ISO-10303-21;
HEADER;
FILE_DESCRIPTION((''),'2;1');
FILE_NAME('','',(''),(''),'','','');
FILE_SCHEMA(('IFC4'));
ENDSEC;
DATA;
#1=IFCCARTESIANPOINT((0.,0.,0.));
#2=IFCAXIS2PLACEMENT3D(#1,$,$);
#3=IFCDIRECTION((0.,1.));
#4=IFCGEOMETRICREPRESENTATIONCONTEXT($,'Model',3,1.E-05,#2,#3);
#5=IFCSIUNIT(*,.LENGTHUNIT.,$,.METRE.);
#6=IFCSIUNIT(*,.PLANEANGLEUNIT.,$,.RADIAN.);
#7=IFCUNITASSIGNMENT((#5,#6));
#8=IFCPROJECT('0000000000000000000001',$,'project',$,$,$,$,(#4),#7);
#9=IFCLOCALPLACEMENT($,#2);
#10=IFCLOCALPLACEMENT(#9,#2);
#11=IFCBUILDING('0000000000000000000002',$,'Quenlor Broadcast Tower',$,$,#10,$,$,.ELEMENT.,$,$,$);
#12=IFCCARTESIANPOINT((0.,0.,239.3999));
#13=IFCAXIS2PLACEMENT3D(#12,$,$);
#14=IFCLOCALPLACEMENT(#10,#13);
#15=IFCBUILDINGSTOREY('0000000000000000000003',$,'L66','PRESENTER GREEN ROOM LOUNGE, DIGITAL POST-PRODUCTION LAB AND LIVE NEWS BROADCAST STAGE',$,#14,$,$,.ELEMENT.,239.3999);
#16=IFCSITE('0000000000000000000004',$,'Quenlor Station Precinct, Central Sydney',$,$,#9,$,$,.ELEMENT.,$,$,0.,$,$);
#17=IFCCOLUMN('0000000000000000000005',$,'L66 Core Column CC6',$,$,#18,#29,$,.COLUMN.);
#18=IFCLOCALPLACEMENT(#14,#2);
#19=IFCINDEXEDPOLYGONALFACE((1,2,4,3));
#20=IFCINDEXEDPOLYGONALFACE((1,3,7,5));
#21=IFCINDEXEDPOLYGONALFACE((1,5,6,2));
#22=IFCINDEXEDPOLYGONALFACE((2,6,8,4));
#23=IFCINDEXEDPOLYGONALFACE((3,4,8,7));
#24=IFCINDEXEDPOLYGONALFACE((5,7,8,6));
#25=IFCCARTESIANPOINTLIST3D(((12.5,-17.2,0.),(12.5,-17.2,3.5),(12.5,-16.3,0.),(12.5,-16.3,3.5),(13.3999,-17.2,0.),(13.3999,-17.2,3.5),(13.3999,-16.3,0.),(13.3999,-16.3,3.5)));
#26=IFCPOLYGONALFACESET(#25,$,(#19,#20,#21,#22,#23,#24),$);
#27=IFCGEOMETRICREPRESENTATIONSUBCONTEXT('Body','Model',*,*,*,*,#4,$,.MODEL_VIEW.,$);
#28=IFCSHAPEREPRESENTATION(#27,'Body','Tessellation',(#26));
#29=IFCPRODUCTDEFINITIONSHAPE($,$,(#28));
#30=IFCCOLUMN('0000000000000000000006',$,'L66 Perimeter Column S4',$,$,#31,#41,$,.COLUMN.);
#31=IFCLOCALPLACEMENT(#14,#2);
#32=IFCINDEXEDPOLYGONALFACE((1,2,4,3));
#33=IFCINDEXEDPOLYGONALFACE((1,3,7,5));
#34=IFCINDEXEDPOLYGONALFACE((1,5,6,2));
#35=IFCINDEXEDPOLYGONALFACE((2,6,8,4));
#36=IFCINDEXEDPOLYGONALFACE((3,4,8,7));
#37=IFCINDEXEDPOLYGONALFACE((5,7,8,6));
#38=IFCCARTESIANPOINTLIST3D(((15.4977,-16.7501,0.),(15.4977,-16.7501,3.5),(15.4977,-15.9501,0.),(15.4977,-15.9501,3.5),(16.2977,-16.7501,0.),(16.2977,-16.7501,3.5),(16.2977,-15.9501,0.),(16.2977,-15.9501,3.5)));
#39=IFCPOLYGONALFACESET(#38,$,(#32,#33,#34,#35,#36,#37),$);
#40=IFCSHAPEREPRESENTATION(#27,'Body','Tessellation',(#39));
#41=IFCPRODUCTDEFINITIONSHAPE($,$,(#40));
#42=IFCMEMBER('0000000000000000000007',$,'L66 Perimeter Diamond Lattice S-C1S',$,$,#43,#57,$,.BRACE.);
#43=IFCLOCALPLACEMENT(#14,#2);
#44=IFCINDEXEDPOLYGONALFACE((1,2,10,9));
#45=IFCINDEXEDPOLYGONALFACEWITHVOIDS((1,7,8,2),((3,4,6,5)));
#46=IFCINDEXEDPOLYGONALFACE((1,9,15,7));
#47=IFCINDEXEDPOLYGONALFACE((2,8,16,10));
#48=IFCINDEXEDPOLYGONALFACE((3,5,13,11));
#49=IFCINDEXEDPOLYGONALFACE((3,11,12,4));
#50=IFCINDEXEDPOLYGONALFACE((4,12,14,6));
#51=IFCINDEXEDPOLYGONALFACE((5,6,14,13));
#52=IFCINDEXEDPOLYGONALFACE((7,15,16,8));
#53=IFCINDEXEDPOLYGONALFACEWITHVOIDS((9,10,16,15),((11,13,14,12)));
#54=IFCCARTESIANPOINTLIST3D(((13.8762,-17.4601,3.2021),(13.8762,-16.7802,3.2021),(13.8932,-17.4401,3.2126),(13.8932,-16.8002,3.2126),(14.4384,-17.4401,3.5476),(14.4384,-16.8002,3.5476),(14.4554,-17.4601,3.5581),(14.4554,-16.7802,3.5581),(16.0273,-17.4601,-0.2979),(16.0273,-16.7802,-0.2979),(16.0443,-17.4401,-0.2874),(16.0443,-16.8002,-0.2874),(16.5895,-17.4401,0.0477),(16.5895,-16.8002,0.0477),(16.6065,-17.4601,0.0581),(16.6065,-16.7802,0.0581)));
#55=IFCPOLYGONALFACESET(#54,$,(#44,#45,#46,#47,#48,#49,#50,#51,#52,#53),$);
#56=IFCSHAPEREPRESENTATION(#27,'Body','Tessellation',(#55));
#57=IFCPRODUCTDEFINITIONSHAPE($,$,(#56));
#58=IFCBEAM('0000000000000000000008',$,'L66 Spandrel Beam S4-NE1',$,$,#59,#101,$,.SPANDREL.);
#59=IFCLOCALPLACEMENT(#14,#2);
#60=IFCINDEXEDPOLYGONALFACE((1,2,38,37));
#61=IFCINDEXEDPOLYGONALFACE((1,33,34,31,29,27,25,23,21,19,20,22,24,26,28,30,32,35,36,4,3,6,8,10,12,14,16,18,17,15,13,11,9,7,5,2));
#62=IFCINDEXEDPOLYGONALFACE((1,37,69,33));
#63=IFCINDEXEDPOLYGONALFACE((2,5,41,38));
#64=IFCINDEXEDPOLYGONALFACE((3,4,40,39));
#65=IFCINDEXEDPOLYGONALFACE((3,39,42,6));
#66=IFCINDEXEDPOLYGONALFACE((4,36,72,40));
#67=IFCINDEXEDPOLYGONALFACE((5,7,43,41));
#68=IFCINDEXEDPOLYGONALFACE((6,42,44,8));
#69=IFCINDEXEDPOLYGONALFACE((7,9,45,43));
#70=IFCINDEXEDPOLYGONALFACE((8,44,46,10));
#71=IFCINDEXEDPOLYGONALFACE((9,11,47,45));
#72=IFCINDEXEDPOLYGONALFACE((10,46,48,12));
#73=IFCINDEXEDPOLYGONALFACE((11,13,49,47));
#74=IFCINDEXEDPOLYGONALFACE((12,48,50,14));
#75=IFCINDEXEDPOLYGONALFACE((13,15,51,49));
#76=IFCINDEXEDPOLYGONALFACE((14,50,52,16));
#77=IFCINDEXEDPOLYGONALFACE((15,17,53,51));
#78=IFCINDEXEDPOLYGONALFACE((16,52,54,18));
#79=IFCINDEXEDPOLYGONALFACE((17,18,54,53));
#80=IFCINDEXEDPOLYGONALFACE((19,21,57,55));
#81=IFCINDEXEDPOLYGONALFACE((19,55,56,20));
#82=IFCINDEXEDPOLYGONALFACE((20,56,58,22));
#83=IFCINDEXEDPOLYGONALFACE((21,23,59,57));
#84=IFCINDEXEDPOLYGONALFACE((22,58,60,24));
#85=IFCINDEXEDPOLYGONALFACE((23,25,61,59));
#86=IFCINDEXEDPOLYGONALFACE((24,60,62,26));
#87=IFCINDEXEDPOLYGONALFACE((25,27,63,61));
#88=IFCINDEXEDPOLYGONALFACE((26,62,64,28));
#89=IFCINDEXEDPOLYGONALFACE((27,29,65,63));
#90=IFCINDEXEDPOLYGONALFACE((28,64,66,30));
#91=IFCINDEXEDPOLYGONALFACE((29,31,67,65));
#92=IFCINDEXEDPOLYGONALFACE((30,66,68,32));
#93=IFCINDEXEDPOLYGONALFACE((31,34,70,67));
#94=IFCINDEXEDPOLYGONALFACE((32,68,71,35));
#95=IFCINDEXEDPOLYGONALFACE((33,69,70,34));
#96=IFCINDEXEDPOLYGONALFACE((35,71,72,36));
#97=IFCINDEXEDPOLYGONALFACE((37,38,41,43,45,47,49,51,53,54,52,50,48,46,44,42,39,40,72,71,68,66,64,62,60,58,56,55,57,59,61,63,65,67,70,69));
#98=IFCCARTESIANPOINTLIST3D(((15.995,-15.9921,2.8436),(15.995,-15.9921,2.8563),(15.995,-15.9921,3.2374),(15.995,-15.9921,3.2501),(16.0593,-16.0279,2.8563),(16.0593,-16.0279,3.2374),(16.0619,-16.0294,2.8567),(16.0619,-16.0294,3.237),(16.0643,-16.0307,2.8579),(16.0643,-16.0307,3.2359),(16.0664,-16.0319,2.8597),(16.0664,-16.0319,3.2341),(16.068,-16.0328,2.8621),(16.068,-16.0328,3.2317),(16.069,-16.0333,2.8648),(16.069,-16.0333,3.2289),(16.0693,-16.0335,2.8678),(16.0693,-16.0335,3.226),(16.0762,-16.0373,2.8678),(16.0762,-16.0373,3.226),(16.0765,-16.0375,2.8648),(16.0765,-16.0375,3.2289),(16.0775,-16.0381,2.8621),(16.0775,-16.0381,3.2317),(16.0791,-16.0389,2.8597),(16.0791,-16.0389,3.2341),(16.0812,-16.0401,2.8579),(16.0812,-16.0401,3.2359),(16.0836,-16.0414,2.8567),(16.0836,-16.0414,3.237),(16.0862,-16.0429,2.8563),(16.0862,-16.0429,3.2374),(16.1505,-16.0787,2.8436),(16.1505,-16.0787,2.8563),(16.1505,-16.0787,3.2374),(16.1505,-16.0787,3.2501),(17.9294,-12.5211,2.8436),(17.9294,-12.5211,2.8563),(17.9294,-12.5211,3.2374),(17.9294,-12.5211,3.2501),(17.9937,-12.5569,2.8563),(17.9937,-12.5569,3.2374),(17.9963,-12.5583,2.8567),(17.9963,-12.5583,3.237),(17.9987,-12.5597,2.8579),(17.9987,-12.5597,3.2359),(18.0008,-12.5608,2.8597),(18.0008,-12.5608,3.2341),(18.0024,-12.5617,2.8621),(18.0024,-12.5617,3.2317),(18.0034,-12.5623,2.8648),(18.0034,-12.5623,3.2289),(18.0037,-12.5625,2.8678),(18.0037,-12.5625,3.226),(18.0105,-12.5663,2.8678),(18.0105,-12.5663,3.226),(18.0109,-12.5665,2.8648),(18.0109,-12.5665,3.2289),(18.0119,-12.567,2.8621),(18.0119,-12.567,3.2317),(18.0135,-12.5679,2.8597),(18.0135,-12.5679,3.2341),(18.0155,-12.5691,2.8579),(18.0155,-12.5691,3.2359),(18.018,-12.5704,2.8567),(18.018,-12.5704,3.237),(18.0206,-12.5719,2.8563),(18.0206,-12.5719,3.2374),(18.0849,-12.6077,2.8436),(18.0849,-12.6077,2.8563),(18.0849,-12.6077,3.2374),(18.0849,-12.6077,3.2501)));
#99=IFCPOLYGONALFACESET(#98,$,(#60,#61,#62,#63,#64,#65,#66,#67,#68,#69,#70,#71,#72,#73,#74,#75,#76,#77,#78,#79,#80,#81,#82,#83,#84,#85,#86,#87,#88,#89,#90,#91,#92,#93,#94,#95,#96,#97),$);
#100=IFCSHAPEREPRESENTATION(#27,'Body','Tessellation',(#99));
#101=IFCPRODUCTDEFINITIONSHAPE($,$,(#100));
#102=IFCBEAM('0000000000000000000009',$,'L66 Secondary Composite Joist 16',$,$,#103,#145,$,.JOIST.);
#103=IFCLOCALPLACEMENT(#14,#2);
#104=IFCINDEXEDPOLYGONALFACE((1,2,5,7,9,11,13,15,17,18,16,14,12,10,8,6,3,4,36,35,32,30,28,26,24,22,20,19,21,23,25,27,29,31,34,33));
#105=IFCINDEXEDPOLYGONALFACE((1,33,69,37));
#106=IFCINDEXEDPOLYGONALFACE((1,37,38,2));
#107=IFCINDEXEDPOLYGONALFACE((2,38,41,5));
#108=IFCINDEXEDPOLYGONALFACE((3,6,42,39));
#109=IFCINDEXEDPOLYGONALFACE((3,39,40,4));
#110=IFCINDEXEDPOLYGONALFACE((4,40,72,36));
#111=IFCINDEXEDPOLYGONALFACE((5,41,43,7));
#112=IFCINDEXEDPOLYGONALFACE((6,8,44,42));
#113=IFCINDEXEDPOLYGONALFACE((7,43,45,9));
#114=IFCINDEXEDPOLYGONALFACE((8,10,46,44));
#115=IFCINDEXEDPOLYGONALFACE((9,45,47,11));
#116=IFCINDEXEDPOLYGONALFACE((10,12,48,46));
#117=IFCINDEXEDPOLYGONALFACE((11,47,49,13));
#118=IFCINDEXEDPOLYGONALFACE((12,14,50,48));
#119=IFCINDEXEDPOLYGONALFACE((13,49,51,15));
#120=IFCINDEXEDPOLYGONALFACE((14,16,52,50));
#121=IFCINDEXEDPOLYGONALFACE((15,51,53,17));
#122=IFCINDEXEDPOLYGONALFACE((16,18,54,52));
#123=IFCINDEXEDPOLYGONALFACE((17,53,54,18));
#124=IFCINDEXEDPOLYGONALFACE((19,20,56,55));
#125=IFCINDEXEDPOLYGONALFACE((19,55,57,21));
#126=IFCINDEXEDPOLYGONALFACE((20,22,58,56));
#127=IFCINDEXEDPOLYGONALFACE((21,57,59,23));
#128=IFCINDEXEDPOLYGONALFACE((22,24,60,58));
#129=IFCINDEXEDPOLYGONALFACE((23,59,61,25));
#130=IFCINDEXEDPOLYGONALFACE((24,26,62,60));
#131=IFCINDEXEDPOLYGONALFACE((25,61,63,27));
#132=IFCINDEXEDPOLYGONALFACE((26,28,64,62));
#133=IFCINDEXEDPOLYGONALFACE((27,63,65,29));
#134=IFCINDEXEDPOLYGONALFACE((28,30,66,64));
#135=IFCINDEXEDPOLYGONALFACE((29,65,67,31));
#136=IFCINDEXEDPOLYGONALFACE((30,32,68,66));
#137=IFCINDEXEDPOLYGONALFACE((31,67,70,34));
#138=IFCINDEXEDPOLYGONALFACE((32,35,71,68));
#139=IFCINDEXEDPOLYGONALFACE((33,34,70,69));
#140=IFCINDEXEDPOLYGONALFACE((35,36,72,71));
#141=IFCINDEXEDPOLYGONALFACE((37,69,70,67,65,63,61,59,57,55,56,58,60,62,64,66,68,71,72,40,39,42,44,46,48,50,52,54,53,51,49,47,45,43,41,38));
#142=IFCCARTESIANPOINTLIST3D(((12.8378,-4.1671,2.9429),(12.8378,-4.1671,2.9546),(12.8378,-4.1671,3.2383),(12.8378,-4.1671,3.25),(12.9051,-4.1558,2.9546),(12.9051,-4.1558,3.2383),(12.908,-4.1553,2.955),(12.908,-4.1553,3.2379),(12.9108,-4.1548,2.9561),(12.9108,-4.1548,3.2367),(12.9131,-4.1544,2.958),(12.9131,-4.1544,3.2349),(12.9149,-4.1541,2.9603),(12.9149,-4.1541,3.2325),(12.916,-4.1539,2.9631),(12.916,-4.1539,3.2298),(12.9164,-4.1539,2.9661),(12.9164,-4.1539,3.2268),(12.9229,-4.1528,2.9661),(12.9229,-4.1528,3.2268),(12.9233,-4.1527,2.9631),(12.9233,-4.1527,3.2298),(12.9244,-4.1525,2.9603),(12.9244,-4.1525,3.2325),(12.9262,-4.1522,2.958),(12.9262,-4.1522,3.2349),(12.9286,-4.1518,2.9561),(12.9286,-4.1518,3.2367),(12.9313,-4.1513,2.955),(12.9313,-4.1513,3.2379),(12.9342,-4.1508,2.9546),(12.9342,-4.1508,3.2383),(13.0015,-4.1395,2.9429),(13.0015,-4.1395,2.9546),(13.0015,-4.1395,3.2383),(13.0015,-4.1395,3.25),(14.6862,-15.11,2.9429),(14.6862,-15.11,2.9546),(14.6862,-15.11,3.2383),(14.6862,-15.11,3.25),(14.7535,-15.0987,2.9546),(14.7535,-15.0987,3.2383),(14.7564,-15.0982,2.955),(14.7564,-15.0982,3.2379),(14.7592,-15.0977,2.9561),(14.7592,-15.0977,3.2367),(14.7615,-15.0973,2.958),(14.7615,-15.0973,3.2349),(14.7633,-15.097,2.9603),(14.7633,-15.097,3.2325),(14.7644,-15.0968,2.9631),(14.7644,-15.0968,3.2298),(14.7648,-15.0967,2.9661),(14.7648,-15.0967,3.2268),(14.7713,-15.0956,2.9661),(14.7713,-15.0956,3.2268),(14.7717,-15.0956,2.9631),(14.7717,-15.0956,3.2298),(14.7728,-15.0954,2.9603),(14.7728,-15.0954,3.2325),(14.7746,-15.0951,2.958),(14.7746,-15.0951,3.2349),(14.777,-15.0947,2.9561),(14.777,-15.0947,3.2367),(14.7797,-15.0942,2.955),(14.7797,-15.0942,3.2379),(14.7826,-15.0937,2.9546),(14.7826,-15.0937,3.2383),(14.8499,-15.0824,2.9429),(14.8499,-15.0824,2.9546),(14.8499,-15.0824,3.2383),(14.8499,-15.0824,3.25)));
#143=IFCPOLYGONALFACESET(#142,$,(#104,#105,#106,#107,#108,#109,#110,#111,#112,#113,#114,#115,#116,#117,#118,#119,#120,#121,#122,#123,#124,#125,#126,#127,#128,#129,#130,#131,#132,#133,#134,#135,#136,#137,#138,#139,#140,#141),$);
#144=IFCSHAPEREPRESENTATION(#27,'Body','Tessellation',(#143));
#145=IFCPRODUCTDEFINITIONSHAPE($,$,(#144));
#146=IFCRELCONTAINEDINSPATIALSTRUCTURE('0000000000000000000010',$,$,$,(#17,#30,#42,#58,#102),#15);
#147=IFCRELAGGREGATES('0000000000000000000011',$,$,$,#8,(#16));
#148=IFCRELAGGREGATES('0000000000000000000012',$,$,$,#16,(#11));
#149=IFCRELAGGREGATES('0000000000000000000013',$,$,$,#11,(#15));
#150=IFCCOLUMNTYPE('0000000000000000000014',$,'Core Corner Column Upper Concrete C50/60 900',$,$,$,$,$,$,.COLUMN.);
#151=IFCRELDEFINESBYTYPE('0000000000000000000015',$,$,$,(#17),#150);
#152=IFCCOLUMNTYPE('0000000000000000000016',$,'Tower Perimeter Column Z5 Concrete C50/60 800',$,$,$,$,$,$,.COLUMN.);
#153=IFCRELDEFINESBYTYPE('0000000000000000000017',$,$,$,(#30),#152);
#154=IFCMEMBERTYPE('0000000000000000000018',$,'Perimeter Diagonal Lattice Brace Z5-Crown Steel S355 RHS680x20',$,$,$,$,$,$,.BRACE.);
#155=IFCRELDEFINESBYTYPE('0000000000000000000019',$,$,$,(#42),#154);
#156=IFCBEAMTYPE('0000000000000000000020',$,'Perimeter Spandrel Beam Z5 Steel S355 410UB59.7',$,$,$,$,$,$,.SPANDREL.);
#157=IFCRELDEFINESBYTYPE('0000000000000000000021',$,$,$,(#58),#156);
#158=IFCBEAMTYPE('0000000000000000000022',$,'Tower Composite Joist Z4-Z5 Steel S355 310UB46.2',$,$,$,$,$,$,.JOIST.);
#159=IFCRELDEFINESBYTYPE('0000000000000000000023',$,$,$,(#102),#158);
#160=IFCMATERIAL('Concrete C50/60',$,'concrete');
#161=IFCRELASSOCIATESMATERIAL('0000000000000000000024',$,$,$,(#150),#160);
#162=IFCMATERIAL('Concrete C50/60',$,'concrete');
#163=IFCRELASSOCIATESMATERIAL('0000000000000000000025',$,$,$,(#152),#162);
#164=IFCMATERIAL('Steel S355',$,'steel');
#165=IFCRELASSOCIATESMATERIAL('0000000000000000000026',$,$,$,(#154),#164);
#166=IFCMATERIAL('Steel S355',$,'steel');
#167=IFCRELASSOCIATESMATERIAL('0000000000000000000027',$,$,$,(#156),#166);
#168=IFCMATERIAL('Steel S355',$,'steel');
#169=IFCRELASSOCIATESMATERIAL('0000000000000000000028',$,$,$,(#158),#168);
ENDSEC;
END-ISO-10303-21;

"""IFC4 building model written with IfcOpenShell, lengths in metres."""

from ifc_helpers import new_model, si_unit, direction, frame, origin, origin_2d, place, context, subcontext, project, spatial, rectangle, hollow_rectangle, i_section, extrude, material, material_profile, profile_set, type_object, element, save


model = new_model("IFC4")

# Units and contexts
model_context = context("Model", 3, precision=1e-05, world=origin(), true_north=direction((0.0, 1.0)))
body_context = subcontext(model_context, "Body", "Model", "MODEL_VIEW")
ifc_project = project(units=[si_unit("LENGTHUNIT", "METRE"), si_unit("PLANEANGLEUNIT", "RADIAN")], contexts=[model_context])

# Site, building, storey
site_placement = place(None, origin())
site = spatial("IfcSite", under=ifc_project, at=site_placement, Name="Quenlor Station Precinct, Central Sydney", CompositionType="ELEMENT", RefElevation=0.0)
building_placement = place(site_placement, origin())
building = spatial("IfcBuilding", under=site, at=building_placement, Name="Quenlor Broadcast Tower", CompositionType="ELEMENT")
storey_placement = place(building_placement, frame((0.0, 0.0, 239.3999)))
storey = spatial("IfcBuildingStorey", under=building, at=storey_placement, Name="L66", Description="PRESENTER GREEN ROOM LOUNGE, DIGITAL POST-PRODUCTION LAB AND LIVE NEWS BROADCAST STAGE", CompositionType="ELEMENT", Elevation=239.3999)

# Columns
ifc_material_1 = material(Name="Concrete C50/60", Category="concrete")
ifc_material_profile_1 = material_profile(ifc_material_1, rectangle(XDim=0.8999, YDim=0.8999, at=origin_2d()))
ifc_profile_set_1 = profile_set([ifc_material_profile_1], Name="Concrete C50/60 RC900x900")
column_type_1 = type_object("IfcColumnType", Name="Core Corner Column Upper Concrete C50/60 900", PredefinedType="COLUMN", material=ifc_profile_set_1)
column_1_placement = place(storey_placement, frame((12.95, -16.75, 0.0), z_axis=(0.0, 0.0, 1.0), x_axis=(1.0, 0.0, 0.0)))
element("IfcColumn", 1, at=column_1_placement, inside=storey, type_object=column_type_1, Name="L66 Core Column CC6", PredefinedType="COLUMN", context=body_context, shape_type="SweptSolid", body=[
    extrude(rectangle(XDim=0.8999, YDim=0.8999, at=origin_2d()), origin(), (0.0, 0.0, 1.0), 3.5),
])
ifc_material_2 = material(Name="Concrete C50/60", Category="concrete")
ifc_material_profile_2 = material_profile(ifc_material_2, rectangle(XDim=0.8, YDim=0.8, at=origin_2d()))
ifc_profile_set_2 = profile_set([ifc_material_profile_2], Name="Concrete C50/60 RC800x800")
column_type_2 = type_object("IfcColumnType", Name="Tower Perimeter Column Z5 Concrete C50/60 800", PredefinedType="COLUMN", material=ifc_profile_set_2)
column_2_placement = place(storey_placement, frame((15.8977, -16.3501, 0.0), z_axis=(0.0, 0.0, 1.0), x_axis=(0.0, 1.0, 0.0)))
element("IfcColumn", 2, at=column_2_placement, inside=storey, type_object=column_type_2, Name="L66 Perimeter Column S4", PredefinedType="COLUMN", context=body_context, shape_type="SweptSolid", body=[
    extrude(rectangle(XDim=0.8, YDim=0.8, at=origin_2d()), origin(), (0.0, 0.0, 1.0), 3.5),
])

# Member
ifc_material_3 = material(Name="Steel S355", Category="steel")
ifc_material_profile_3 = material_profile(ifc_material_3, hollow_rectangle(XDim=0.6799, YDim=0.6799, WallThickness=0.02, at=origin_2d()))
ifc_profile_set_3 = profile_set([ifc_material_profile_3], Name="Steel S355 RHS680x680x20")
member_type = type_object("IfcMemberType", Name="Perimeter Diagonal Lattice Brace Z5-Crown Steel S355 RHS680x20", PredefinedType="BRACE", material=ifc_profile_set_3)
member_placement = place(storey_placement, frame((16.3169, -17.1201, -0.1199), z_axis=(-0.523617, 0.0, 0.851954), x_axis=(0.0, -1.0, 0.0)))
element("IfcMember", 3, at=member_placement, inside=storey, type_object=member_type, Name="L66 Perimeter Diamond Lattice S-C1S", PredefinedType="BRACE", context=body_context, shape_type="SweptSolid", body=[
    extrude(hollow_rectangle(XDim=0.6799, YDim=0.6799, WallThickness=0.02, at=origin_2d()), origin(), (0.0, 0.0, 1.0), 4.1082),
])

# Beams
ifc_material_4 = material(Name="Steel S355", Category="steel")
ifc_material_profile_4 = material_profile(ifc_material_4, i_section(OverallWidth=0.178, OverallDepth=0.4065, WebThickness=0.0078, FlangeThickness=0.0127, FilletRadius=0.0115, at=origin_2d()))
ifc_profile_set_4 = profile_set([ifc_material_profile_4], Name="Steel S355 410UB59.7")
beam_type_1 = type_object("IfcBeamType", Name="Perimeter Spandrel Beam Z5 Steel S355 410UB59.7", PredefinedType="SPANDREL", material=ifc_profile_set_4)
beam_1_placement = place(storey_placement, frame((16.0728, -16.0354, 3.0469), z_axis=(0.486801, 0.873513, 0.0), x_axis=(-0.873513, 0.486801, 0.0)))
element("IfcBeam", 4, at=beam_1_placement, inside=storey, type_object=beam_type_1, Name="L66 Spandrel Beam S4-NE1", PredefinedType="SPANDREL", context=body_context, shape_type="SweptSolid", body=[
    extrude(i_section(OverallWidth=0.178, OverallDepth=0.4065, WebThickness=0.0078, FlangeThickness=0.0127, FilletRadius=0.0115, at=origin_2d()), origin(), (0.0, 0.0, 1.0), 3.9736),
])
ifc_material_5 = material(Name="Steel S355", Category="steel")
ifc_material_profile_5 = material_profile(ifc_material_5, i_section(OverallWidth=0.166, OverallDepth=0.3071, WebThickness=0.0066, FlangeThickness=0.0117, FilletRadius=0.0115, at=origin_2d()))
ifc_profile_set_5 = profile_set([ifc_material_profile_5], Name="Steel S355 310UB46.2")
beam_type_2 = type_object("IfcBeamType", Name="Tower Composite Joist Z4-Z5 Steel S355 310UB46.2", PredefinedType="JOIST", material=ifc_profile_set_5)
beam_2_placement = place(storey_placement, frame((14.7681, -15.0962, 3.0964), z_axis=(-0.166553, 0.986032, 0.0), x_axis=(-0.986032, -0.166553, 0.0)))
element("IfcBeam", 5, at=beam_2_placement, inside=storey, type_object=beam_type_2, Name="L66 Secondary Composite Joist 16", PredefinedType="JOIST", context=body_context, shape_type="SweptSolid", body=[
    extrude(i_section(OverallWidth=0.166, OverallDepth=0.3071, WebThickness=0.0066, FlangeThickness=0.0117, FilletRadius=0.0115, at=origin_2d()), origin(), (0.0, 0.0, 1.0), 11.0979),
])

save(model, "model.ifc")
